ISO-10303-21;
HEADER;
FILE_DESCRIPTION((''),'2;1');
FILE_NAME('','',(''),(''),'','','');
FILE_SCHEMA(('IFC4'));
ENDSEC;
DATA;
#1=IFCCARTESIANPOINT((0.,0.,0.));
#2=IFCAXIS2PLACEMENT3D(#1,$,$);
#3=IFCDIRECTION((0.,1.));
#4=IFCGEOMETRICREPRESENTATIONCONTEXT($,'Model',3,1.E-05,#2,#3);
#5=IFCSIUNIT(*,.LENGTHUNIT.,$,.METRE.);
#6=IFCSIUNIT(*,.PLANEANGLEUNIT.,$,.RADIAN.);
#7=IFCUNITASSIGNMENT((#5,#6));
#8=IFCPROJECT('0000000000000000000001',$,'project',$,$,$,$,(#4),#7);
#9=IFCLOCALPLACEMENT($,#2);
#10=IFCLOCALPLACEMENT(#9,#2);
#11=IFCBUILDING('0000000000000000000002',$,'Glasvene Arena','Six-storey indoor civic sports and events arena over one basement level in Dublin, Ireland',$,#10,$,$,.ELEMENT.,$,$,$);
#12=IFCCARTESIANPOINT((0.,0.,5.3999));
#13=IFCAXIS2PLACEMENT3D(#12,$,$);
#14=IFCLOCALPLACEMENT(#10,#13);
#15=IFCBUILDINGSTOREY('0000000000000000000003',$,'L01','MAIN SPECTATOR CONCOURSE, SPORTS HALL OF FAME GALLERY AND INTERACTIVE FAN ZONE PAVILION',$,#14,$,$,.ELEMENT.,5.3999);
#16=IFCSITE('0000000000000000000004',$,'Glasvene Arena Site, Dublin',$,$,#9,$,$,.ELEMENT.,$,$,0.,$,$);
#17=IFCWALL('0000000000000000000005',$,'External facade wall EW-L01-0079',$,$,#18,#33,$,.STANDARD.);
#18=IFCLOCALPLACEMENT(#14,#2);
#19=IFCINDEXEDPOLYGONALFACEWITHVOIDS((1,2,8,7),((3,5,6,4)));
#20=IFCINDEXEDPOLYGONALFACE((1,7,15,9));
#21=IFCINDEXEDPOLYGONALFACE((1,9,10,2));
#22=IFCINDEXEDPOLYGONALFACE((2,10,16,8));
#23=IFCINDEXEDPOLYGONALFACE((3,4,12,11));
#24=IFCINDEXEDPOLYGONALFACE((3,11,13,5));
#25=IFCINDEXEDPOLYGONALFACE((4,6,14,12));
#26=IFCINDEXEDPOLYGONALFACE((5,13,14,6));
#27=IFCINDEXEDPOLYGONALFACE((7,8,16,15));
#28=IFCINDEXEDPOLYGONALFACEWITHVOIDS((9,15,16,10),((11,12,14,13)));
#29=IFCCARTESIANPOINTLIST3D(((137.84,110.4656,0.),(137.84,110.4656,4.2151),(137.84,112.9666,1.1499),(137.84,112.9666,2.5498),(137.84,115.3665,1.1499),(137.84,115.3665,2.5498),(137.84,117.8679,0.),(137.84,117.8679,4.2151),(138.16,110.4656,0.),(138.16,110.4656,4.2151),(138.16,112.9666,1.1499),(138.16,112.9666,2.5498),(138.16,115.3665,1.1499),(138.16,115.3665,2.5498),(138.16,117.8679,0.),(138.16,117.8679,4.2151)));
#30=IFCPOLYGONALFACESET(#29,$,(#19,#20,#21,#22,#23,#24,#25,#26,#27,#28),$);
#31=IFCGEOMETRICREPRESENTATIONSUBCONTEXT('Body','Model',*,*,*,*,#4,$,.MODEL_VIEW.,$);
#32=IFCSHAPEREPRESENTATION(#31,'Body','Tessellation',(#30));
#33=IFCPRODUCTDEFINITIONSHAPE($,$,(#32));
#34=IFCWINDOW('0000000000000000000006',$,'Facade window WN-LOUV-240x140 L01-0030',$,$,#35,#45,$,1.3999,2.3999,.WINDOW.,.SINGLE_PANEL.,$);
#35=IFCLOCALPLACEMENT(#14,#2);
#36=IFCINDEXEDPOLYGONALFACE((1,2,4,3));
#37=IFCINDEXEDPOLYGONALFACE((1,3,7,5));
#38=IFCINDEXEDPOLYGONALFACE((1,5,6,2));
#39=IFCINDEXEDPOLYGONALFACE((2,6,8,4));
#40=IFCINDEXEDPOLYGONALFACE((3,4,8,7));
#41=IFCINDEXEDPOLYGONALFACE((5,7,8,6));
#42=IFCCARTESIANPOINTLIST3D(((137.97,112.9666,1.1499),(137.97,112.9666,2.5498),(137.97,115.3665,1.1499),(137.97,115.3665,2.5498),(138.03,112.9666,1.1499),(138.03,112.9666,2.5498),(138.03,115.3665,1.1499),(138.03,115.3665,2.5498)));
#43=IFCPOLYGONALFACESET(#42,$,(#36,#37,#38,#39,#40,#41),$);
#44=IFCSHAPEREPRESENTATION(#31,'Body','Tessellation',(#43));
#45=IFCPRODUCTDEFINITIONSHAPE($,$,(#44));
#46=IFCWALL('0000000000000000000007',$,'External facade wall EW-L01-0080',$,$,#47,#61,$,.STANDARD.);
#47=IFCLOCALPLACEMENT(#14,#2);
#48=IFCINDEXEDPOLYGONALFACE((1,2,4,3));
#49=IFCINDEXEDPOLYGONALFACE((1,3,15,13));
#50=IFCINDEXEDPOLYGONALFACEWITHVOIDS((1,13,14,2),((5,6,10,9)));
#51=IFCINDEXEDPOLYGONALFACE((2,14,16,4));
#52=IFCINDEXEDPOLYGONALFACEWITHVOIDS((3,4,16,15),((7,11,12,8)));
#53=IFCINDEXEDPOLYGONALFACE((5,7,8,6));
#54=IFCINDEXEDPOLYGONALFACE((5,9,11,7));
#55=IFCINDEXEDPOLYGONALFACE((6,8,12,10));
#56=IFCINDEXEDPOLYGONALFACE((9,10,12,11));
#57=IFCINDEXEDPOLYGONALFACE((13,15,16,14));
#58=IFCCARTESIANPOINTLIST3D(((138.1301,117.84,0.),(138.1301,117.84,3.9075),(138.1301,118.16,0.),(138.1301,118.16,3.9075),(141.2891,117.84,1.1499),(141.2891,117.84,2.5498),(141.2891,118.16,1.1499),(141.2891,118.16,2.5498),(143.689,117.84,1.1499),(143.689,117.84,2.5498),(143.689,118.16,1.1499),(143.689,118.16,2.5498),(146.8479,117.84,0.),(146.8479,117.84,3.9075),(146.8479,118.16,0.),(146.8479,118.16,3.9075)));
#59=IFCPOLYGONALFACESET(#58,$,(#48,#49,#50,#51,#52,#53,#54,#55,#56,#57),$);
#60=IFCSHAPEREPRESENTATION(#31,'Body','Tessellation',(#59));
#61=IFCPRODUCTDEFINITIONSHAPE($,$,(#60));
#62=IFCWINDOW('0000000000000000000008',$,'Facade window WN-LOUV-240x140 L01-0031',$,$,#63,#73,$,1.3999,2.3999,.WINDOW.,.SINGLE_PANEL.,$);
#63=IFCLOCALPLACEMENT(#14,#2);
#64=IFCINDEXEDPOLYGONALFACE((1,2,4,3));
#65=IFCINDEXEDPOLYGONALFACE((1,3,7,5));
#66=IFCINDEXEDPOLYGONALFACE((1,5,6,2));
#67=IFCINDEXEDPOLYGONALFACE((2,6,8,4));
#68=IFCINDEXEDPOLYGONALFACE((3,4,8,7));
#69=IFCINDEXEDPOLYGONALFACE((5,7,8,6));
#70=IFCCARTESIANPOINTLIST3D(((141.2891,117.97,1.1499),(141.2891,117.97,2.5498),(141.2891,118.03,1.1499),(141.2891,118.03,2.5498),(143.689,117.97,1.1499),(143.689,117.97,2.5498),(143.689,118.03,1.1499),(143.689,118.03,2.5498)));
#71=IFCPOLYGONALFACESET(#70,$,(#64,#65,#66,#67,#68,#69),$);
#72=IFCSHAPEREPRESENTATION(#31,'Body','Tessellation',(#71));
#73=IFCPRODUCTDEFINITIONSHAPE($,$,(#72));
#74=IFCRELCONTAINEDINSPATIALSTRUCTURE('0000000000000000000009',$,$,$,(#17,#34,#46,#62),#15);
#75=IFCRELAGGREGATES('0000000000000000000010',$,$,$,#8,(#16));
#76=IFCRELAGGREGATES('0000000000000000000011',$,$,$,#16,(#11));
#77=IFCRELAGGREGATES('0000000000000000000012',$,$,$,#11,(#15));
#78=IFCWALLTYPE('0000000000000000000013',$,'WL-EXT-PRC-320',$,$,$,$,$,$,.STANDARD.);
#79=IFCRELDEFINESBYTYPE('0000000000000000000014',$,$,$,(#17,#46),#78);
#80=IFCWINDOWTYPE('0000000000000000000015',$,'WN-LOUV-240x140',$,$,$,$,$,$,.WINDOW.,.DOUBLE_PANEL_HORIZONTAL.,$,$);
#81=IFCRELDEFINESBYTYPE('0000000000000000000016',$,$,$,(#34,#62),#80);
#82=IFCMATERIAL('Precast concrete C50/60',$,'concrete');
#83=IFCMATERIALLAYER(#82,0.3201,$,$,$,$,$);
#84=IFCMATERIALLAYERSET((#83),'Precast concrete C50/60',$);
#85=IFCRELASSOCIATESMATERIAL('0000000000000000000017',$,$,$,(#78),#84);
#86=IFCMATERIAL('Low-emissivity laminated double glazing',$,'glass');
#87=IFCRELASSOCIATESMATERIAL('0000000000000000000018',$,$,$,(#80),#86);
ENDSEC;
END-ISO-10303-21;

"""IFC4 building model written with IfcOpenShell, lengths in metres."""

from ifc_helpers import new_model, si_unit, direction, frame, frame_2d, origin, place, context, subcontext, project, spatial, rectangle, extrude, material, layer, layer_set, type_object, element, fill, save


model = new_model("IFC4")

# Units and contexts
model_context = context("Model", 3, precision=1e-05, world=origin(), true_north=direction((0.0, 1.0)))
body_context = subcontext(model_context, "Body", "Model", "MODEL_VIEW")
ifc_project = project(units=[si_unit("LENGTHUNIT", "METRE"), si_unit("PLANEANGLEUNIT", "RADIAN")], contexts=[model_context])

# Site, building, storey
site_placement = place(None, origin())
site = spatial("IfcSite", under=ifc_project, at=site_placement, Name="Glasvene Arena Site, Dublin", CompositionType="ELEMENT", RefElevation=0.0)
building_placement = place(site_placement, origin())
building = spatial("IfcBuilding", under=site, at=building_placement, Name="Glasvene Arena", Description="Six-storey indoor civic sports and events arena over one basement level in Dublin, Ireland", CompositionType="ELEMENT")
storey_placement = place(building_placement, frame((0.0, 0.0, 5.3999)))
storey = spatial("IfcBuildingStorey", under=building, at=storey_placement, Name="L01", Description="MAIN SPECTATOR CONCOURSE, SPORTS HALL OF FAME GALLERY AND INTERACTIVE FAN ZONE PAVILION", CompositionType="ELEMENT", Elevation=5.3999)

# Shared definitions
ifc_material_1 = material(Name="Low-emissivity laminated double glazing", Category="glass")

# Walls, openings, windows
ifc_material_2 = material(Name="Precast concrete C50/60", Category="concrete")
ifc_layer_1 = layer(ifc_material_2, 0.3201)
ifc_layer_set_1 = layer_set([ifc_layer_1], Name="Precast concrete C50/60")
wall_type_1 = type_object("IfcWallType", Name="WL-EXT-PRC-320", PredefinedType="STANDARD", material=ifc_layer_set_1)
wall_1_placement = place(storey_placement, frame((138.0, 110.4656, 0.0), z_axis=(0.0, 0.0, 1.0), x_axis=(0.0, 1.0, 0.0)))
wall_1 = element("IfcWall", 1, at=wall_1_placement, inside=storey, type_object=wall_type_1, Name="External facade wall EW-L01-0079", PredefinedType="STANDARD", context=body_context, shape_type="SweptSolid", body=[
    extrude(rectangle(XDim=7.4023, YDim=0.3201, at=frame_2d((3.7012, 0.0))), origin(), (0.0, 0.0, 1.0), 4.2151),
])
opening_1_placement = place(wall_1_placement, frame((2.501, 0.0, 1.1499)))
opening_1 = element("IfcOpeningElement", 2, at=opening_1_placement, cuts=wall_1, PredefinedType="OPENING", context=body_context, shape_type="SweptSolid", body=[
    extrude(rectangle(XDim=2.3999, YDim=1.3999, at=frame_2d((1.2, 0.7))), frame((0.0, 0.1699, 0.0), z_axis=(0.0, -1.0, 0.0), x_axis=(1.0, 0.0, 0.0)), (0.0, 0.0, 1.0), 0.3401),
])
window_type_1 = type_object("IfcWindowType", Name="WN-LOUV-240x140", PartitioningType="DOUBLE_PANEL_HORIZONTAL", PredefinedType="WINDOW", material=ifc_material_1)
window_1_placement = place(opening_1_placement, origin())
window_1 = element("IfcWindow", 3, at=window_1_placement, inside=storey, type_object=window_type_1, Name="Facade window WN-LOUV-240x140 L01-0030", OverallHeight=1.3999, OverallWidth=2.3999, PartitioningType="SINGLE_PANEL", PredefinedType="WINDOW", context=body_context, shape_type="SweptSolid", body=[
    extrude(rectangle(XDim=2.3999, YDim=1.3999, at=frame_2d((1.2, 0.7))), frame((0.0, 0.03, 0.0), z_axis=(0.0, -1.0, 0.0), x_axis=(1.0, 0.0, 0.0)), (0.0, 0.0, 1.0), 0.0601),
])
fill(opening_1, window_1)
wall_2_placement = place(storey_placement, frame((138.1301, 118.0, 0.0), z_axis=(0.0, 0.0, 1.0), x_axis=(1.0, 0.0, 0.0)))
wall_2 = element("IfcWall", 4, at=wall_2_placement, inside=storey, type_object=wall_type_1, Name="External facade wall EW-L01-0080", PredefinedType="STANDARD", context=body_context, shape_type="SweptSolid", body=[
    extrude(rectangle(XDim=8.7178, YDim=0.3201, at=frame_2d((4.3589, 0.0))), origin(), (0.0, 0.0, 1.0), 3.9075),
])
opening_2_placement = place(wall_2_placement, frame((3.1589, 0.0, 1.1499)))
opening_2 = element("IfcOpeningElement", 5, at=opening_2_placement, cuts=wall_2, PredefinedType="OPENING", context=body_context, shape_type="SweptSolid", body=[
    extrude(rectangle(XDim=2.3999, YDim=1.3999, at=frame_2d((1.2, 0.7))), frame((0.0, 0.1699, 0.0), z_axis=(0.0, -1.0, 0.0), x_axis=(1.0, 0.0, 0.0)), (0.0, 0.0, 1.0), 0.3401),
])
window_2_placement = place(opening_2_placement, origin())
window_2 = element("IfcWindow", 6, at=window_2_placement, inside=storey, type_object=window_type_1, Name="Facade window WN-LOUV-240x140 L01-0031", OverallHeight=1.3999, OverallWidth=2.3999, PartitioningType="SINGLE_PANEL", PredefinedType="WINDOW", context=body_context, shape_type="SweptSolid", body=[
    extrude(rectangle(XDim=2.3999, YDim=1.3999, at=frame_2d((1.2, 0.7))), frame((0.0, 0.03, 0.0), z_axis=(0.0, -1.0, 0.0), x_axis=(1.0, 0.0, 0.0)), (0.0, 0.0, 1.0), 0.0601),
])
fill(opening_2, window_2)

save(model, "model.ifc")
